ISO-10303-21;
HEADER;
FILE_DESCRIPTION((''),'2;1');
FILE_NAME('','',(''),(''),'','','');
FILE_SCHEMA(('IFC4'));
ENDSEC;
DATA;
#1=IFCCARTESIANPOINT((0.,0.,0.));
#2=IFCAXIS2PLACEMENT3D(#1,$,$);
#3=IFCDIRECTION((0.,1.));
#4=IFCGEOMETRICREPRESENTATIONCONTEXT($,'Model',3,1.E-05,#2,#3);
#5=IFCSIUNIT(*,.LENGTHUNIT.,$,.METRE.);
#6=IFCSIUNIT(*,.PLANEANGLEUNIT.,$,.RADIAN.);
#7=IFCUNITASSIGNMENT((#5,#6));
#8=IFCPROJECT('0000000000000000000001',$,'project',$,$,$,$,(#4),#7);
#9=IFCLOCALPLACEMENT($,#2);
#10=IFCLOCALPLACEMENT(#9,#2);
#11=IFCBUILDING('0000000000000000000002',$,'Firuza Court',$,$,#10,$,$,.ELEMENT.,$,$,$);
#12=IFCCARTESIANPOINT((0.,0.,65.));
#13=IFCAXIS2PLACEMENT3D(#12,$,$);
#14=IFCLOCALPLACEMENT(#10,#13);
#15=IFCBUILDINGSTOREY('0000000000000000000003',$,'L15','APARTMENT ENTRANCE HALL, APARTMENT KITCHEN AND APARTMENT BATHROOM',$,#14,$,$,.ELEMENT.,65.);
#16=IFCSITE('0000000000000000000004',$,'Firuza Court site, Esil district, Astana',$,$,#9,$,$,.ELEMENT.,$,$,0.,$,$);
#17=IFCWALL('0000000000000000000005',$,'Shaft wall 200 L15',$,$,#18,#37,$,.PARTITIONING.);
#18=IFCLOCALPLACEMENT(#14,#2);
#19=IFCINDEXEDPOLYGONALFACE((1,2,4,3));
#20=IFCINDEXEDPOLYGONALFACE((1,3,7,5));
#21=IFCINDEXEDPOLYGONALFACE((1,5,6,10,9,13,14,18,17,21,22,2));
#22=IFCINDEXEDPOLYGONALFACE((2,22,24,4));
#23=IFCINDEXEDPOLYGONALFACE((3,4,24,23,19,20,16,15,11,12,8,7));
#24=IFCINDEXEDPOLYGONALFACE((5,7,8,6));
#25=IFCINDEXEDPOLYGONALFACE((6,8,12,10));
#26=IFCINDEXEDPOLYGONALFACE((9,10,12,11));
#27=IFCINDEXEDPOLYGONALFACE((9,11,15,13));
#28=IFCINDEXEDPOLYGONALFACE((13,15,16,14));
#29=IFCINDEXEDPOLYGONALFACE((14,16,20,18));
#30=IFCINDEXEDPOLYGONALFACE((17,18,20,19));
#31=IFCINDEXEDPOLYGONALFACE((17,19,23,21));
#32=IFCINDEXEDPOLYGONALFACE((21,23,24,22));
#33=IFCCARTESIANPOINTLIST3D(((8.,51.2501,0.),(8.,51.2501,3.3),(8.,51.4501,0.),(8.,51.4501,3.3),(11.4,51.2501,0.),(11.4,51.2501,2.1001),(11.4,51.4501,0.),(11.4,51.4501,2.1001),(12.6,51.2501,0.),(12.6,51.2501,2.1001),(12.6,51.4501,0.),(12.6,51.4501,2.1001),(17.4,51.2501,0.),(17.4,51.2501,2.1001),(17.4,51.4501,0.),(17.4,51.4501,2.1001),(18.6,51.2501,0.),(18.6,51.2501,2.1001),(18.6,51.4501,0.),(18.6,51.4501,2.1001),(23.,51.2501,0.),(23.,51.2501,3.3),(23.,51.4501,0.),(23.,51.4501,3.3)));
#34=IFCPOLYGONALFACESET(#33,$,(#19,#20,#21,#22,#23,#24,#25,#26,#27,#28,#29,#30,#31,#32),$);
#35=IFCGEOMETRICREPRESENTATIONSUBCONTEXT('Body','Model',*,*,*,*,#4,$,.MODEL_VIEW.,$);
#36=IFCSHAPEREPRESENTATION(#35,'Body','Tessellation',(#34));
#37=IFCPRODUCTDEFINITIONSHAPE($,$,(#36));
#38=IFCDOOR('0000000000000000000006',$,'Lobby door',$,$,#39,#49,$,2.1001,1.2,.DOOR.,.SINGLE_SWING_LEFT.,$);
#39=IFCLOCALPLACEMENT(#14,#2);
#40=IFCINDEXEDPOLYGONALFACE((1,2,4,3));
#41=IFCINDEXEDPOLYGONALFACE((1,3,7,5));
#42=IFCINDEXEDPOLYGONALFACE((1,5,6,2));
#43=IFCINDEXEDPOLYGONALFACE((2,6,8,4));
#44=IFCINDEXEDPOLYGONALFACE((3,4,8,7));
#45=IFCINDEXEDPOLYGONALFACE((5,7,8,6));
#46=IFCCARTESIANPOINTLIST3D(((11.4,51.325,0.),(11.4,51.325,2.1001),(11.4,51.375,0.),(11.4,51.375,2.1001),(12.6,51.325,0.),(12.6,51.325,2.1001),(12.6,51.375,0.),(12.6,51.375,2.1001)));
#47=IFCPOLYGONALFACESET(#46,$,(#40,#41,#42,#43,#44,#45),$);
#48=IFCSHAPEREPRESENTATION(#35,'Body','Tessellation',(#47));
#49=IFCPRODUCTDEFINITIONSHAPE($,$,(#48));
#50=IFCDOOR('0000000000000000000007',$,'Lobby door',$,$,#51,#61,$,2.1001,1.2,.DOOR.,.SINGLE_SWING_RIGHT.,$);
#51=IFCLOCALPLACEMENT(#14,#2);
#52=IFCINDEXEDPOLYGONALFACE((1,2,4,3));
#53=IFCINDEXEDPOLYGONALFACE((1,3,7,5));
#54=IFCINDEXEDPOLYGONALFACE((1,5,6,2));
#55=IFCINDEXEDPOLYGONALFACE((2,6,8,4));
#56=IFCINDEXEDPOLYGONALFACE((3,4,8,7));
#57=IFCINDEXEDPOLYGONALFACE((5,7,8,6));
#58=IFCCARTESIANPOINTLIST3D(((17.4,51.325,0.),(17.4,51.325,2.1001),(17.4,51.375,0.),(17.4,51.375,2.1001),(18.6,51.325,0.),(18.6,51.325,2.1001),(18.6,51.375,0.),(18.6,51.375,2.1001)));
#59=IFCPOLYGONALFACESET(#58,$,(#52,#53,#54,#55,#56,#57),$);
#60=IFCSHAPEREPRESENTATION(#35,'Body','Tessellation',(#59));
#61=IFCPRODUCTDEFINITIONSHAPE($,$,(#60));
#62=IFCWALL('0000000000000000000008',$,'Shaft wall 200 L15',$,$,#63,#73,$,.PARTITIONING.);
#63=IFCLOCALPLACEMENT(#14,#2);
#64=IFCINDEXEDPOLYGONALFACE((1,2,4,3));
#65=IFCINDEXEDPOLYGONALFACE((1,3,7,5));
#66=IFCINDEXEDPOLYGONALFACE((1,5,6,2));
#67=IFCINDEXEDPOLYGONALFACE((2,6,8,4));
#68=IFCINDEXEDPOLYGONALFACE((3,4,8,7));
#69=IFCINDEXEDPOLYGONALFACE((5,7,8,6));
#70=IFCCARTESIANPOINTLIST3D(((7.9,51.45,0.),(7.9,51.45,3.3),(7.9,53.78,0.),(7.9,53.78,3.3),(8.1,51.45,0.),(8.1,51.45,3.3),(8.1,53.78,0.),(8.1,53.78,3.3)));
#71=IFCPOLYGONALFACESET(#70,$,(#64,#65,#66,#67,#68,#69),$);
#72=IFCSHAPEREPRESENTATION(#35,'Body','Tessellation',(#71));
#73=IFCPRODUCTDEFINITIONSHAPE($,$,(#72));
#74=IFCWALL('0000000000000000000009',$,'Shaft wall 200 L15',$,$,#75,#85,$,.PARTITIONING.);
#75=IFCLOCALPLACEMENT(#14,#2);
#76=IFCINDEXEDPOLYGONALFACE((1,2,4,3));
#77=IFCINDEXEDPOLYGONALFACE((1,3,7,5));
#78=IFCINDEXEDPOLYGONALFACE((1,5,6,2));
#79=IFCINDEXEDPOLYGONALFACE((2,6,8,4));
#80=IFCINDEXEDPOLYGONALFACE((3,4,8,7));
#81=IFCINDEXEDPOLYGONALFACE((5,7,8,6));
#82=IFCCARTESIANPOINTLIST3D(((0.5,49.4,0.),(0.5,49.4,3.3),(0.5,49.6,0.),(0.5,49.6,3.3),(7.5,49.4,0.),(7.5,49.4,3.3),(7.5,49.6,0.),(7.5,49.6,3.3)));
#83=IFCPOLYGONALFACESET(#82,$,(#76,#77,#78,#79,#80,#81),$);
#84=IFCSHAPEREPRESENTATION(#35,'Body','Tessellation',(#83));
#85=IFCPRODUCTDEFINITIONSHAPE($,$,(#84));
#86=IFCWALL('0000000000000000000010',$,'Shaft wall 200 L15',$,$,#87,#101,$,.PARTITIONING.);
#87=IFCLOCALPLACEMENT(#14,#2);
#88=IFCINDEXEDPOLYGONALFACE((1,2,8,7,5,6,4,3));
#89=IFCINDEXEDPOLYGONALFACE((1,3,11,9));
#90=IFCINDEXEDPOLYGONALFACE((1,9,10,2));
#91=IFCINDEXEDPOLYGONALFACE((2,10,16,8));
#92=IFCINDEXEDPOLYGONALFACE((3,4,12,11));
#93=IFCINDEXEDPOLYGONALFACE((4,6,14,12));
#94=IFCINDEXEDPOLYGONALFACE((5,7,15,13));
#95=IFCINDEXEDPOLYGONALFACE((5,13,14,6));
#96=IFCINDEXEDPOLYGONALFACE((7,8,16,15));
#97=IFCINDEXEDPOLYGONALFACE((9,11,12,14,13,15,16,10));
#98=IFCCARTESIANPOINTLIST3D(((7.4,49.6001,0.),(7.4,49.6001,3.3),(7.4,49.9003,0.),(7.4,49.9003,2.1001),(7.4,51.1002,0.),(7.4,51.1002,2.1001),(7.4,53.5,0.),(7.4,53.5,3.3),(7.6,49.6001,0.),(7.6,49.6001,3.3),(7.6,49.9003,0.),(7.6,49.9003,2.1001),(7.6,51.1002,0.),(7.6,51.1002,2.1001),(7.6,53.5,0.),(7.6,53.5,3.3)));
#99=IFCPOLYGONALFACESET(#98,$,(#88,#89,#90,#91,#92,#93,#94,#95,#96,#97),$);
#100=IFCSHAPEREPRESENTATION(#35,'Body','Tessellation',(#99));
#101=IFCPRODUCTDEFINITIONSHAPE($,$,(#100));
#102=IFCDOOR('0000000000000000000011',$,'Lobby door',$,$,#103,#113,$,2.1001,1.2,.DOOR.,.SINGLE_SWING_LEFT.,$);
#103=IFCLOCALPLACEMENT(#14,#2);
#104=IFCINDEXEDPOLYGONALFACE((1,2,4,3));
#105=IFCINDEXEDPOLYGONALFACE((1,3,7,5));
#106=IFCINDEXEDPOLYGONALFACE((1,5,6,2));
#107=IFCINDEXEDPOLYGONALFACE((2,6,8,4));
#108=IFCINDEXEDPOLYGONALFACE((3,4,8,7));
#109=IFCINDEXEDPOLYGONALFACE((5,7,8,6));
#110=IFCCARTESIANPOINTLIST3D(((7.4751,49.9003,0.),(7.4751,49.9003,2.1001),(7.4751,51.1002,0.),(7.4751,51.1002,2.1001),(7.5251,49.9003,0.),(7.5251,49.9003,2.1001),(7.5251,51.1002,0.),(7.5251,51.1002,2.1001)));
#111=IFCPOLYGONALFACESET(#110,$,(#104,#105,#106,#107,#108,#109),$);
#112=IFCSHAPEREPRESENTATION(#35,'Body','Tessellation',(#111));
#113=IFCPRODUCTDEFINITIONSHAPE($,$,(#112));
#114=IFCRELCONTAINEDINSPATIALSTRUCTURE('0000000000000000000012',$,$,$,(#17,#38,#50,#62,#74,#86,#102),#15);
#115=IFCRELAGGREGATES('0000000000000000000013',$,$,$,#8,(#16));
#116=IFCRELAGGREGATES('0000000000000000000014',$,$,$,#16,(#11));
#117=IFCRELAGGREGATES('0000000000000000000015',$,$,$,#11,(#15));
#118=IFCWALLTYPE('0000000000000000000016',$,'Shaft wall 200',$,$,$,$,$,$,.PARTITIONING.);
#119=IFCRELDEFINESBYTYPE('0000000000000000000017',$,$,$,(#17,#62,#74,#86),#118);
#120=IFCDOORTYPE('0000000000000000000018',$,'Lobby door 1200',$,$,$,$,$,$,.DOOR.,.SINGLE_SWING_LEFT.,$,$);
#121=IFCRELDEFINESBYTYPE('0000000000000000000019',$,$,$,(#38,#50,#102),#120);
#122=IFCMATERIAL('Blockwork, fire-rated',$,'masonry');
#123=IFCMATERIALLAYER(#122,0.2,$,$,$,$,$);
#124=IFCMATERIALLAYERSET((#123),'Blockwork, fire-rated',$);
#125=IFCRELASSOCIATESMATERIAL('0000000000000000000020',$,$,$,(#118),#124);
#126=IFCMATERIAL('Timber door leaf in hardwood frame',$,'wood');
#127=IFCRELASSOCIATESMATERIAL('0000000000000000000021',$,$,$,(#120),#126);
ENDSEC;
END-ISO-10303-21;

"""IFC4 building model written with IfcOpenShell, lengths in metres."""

from ifc_helpers import new_model, si_unit, direction, frame, frame_2d, origin, place, context, subcontext, project, spatial, rectangle, extrude, material, layer, layer_set, type_object, element, fill, save


model = new_model("IFC4")

# Units and contexts
model_context = context("Model", 3, precision=1e-05, world=origin(), true_north=direction((0.0, 1.0)))
body_context = subcontext(model_context, "Body", "Model", "MODEL_VIEW")
ifc_project = project(units=[si_unit("LENGTHUNIT", "METRE"), si_unit("PLANEANGLEUNIT", "RADIAN")], contexts=[model_context])

# Site, building, storey
site_placement = place(None, origin())
site = spatial("IfcSite", under=ifc_project, at=site_placement, Name="Firuza Court site, Esil district, Astana", CompositionType="ELEMENT", RefElevation=0.0)
building_placement = place(site_placement, origin())
building = spatial("IfcBuilding", under=site, at=building_placement, Name="Firuza Court", CompositionType="ELEMENT")
storey_placement = place(building_placement, frame((0.0, 0.0, 65.0)))
storey = spatial("IfcBuildingStorey", under=building, at=storey_placement, Name="L15", Description="APARTMENT ENTRANCE HALL, APARTMENT KITCHEN AND APARTMENT BATHROOM", CompositionType="ELEMENT", Elevation=65.0)

# Wall, openings, doors
ifc_material_1 = material(Name="Blockwork, fire-rated", Category="masonry")
ifc_layer_1 = layer(ifc_material_1, 0.2)
ifc_layer_set_1 = layer_set([ifc_layer_1], Name="Blockwork, fire-rated")
wall_type_1 = type_object("IfcWallType", Name="Shaft wall 200", PredefinedType="PARTITIONING", material=ifc_layer_set_1)
wall_1_placement = place(storey_placement, frame((8.0, 51.3501, 0.0), z_axis=(0.0, 0.0, 1.0), x_axis=(1.0, 0.0, 0.0)))
wall_1 = element("IfcWall", 1, at=wall_1_placement, inside=storey, type_object=wall_type_1, Name="Shaft wall 200 L15", PredefinedType="PARTITIONING", context=body_context, shape_type="SweptSolid", body=[
    extrude(rectangle(XDim=15.0, YDim=0.2, at=frame_2d((7.5, 0.0))), origin(), (0.0, 0.0, 1.0), 3.3),
])
opening_1_placement = place(wall_1_placement, frame((3.3999, 0.0, 0.0)))
opening_1 = element("IfcOpeningElement", 2, at=opening_1_placement, cuts=wall_1, PredefinedType="OPENING", context=body_context, shape_type="SweptSolid", body=[
    extrude(rectangle(XDim=1.2, YDim=2.1001, at=frame_2d((0.6001, 1.05))), frame((0.0, 0.1118, 0.0), z_axis=(0.0, -1.0, 0.0), x_axis=(1.0, 0.0, 0.0)), (0.0, 0.0, 1.0), 0.2239),
])
opening_2_placement = place(wall_1_placement, frame((9.3999, 0.0, 0.0)))
opening_2 = element("IfcOpeningElement", 3, at=opening_2_placement, cuts=wall_1, PredefinedType="OPENING", context=body_context, shape_type="SweptSolid", body=[
    extrude(rectangle(XDim=1.2, YDim=2.1001, at=frame_2d((0.6001, 1.05))), frame((0.0, 0.1118, 0.0), z_axis=(0.0, -1.0, 0.0), x_axis=(1.0, 0.0, 0.0)), (0.0, 0.0, 1.0), 0.2239),
])
ifc_material_2 = material(Name="Timber door leaf in hardwood frame", Category="wood")
door_type_1 = type_object("IfcDoorType", Name="Lobby door 1200", OperationType="SINGLE_SWING_LEFT", PredefinedType="DOOR", material=ifc_material_2)
door_1_placement = place(opening_1_placement, origin())
door_1 = element("IfcDoor", 4, at=door_1_placement, inside=storey, type_object=door_type_1, Name="Lobby door", OperationType="SINGLE_SWING_LEFT", OverallHeight=2.1001, OverallWidth=1.2, PredefinedType="DOOR", context=body_context, shape_type="SweptSolid", body=[
    extrude(rectangle(XDim=1.2, YDim=2.1001, at=frame_2d((0.6001, 1.05))), frame((0.0, 0.0249, 0.0), z_axis=(0.0, -1.0, 0.0), x_axis=(1.0, 0.0, 0.0)), (0.0, 0.0, 1.0), 0.05),
])
fill(opening_1, door_1)
door_2_placement = place(opening_2_placement, origin())
door_2 = element("IfcDoor", 5, at=door_2_placement, inside=storey, type_object=door_type_1, Name="Lobby door", OperationType="SINGLE_SWING_RIGHT", OverallHeight=2.1001, OverallWidth=1.2, PredefinedType="DOOR", context=body_context, shape_type="SweptSolid", body=[
    extrude(rectangle(XDim=1.2, YDim=2.1001, at=frame_2d((0.6001, 1.05))), frame((0.0, 0.0249, 0.0), z_axis=(0.0, -1.0, 0.0), x_axis=(1.0, 0.0, 0.0)), (0.0, 0.0, 1.0), 0.05),
])
fill(opening_2, door_2)

# Walls
wall_2_placement = place(storey_placement, frame((8.0, 51.45, 0.0), z_axis=(0.0, 0.0, 1.0), x_axis=(0.0, 1.0, 0.0)))
element("IfcWall", 6, at=wall_2_placement, inside=storey, type_object=wall_type_1, Name="Shaft wall 200 L15", PredefinedType="PARTITIONING", context=body_context, shape_type="SweptSolid", body=[
    extrude(rectangle(XDim=2.3301, YDim=0.2, at=frame_2d((1.165, 0.0))), origin(), (0.0, 0.0, 1.0), 3.3),
])
wall_3_placement = place(storey_placement, frame((0.5, 49.5, 0.0), z_axis=(0.0, 0.0, 1.0), x_axis=(1.0, 0.0, 0.0)))
element("IfcWall", 7, at=wall_3_placement, inside=storey, type_object=wall_type_1, Name="Shaft wall 200 L15", PredefinedType="PARTITIONING", context=body_context, shape_type="SweptSolid", body=[
    extrude(rectangle(XDim=7.0, YDim=0.2, at=frame_2d((3.5, 0.0))), origin(), (0.0, 0.0, 1.0), 3.3),
])

# Wall, opening, door
wall_4_placement = place(storey_placement, frame((7.5, 49.6001, 0.0), z_axis=(0.0, 0.0, 1.0), x_axis=(0.0, 1.0, 0.0)))
wall_4 = element("IfcWall", 8, at=wall_4_placement, inside=storey, type_object=wall_type_1, Name="Shaft wall 200 L15", PredefinedType="PARTITIONING", context=body_context, shape_type="SweptSolid", body=[
    extrude(rectangle(XDim=3.8999, YDim=0.2, at=frame_2d((1.95, 0.0))), origin(), (0.0, 0.0, 1.0), 3.3),
])
opening_3_placement = place(wall_4_placement, frame((0.3, 0.0, 0.0)))
opening_3 = element("IfcOpeningElement", 9, at=opening_3_placement, cuts=wall_4, PredefinedType="OPENING", context=body_context, shape_type="SweptSolid", body=[
    extrude(rectangle(XDim=1.2, YDim=2.1001, at=frame_2d((0.6001, 1.05))), frame((0.0, 0.1118, 0.0), z_axis=(0.0, -1.0, 0.0), x_axis=(1.0, 0.0, 0.0)), (0.0, 0.0, 1.0), 0.2239),
])
door_3_placement = place(opening_3_placement, origin())
door_3 = element("IfcDoor", 10, at=door_3_placement, inside=storey, type_object=door_type_1, Name="Lobby door", OperationType="SINGLE_SWING_LEFT", OverallHeight=2.1001, OverallWidth=1.2, PredefinedType="DOOR", context=body_context, shape_type="SweptSolid", body=[
    extrude(rectangle(XDim=1.2, YDim=2.1001, at=frame_2d((0.6001, 1.05))), frame((0.0, 0.0249, 0.0), z_axis=(0.0, -1.0, 0.0), x_axis=(1.0, 0.0, 0.0)), (0.0, 0.0, 1.0), 0.05),
])
fill(opening_3, door_3)

save(model, "model.ifc")
